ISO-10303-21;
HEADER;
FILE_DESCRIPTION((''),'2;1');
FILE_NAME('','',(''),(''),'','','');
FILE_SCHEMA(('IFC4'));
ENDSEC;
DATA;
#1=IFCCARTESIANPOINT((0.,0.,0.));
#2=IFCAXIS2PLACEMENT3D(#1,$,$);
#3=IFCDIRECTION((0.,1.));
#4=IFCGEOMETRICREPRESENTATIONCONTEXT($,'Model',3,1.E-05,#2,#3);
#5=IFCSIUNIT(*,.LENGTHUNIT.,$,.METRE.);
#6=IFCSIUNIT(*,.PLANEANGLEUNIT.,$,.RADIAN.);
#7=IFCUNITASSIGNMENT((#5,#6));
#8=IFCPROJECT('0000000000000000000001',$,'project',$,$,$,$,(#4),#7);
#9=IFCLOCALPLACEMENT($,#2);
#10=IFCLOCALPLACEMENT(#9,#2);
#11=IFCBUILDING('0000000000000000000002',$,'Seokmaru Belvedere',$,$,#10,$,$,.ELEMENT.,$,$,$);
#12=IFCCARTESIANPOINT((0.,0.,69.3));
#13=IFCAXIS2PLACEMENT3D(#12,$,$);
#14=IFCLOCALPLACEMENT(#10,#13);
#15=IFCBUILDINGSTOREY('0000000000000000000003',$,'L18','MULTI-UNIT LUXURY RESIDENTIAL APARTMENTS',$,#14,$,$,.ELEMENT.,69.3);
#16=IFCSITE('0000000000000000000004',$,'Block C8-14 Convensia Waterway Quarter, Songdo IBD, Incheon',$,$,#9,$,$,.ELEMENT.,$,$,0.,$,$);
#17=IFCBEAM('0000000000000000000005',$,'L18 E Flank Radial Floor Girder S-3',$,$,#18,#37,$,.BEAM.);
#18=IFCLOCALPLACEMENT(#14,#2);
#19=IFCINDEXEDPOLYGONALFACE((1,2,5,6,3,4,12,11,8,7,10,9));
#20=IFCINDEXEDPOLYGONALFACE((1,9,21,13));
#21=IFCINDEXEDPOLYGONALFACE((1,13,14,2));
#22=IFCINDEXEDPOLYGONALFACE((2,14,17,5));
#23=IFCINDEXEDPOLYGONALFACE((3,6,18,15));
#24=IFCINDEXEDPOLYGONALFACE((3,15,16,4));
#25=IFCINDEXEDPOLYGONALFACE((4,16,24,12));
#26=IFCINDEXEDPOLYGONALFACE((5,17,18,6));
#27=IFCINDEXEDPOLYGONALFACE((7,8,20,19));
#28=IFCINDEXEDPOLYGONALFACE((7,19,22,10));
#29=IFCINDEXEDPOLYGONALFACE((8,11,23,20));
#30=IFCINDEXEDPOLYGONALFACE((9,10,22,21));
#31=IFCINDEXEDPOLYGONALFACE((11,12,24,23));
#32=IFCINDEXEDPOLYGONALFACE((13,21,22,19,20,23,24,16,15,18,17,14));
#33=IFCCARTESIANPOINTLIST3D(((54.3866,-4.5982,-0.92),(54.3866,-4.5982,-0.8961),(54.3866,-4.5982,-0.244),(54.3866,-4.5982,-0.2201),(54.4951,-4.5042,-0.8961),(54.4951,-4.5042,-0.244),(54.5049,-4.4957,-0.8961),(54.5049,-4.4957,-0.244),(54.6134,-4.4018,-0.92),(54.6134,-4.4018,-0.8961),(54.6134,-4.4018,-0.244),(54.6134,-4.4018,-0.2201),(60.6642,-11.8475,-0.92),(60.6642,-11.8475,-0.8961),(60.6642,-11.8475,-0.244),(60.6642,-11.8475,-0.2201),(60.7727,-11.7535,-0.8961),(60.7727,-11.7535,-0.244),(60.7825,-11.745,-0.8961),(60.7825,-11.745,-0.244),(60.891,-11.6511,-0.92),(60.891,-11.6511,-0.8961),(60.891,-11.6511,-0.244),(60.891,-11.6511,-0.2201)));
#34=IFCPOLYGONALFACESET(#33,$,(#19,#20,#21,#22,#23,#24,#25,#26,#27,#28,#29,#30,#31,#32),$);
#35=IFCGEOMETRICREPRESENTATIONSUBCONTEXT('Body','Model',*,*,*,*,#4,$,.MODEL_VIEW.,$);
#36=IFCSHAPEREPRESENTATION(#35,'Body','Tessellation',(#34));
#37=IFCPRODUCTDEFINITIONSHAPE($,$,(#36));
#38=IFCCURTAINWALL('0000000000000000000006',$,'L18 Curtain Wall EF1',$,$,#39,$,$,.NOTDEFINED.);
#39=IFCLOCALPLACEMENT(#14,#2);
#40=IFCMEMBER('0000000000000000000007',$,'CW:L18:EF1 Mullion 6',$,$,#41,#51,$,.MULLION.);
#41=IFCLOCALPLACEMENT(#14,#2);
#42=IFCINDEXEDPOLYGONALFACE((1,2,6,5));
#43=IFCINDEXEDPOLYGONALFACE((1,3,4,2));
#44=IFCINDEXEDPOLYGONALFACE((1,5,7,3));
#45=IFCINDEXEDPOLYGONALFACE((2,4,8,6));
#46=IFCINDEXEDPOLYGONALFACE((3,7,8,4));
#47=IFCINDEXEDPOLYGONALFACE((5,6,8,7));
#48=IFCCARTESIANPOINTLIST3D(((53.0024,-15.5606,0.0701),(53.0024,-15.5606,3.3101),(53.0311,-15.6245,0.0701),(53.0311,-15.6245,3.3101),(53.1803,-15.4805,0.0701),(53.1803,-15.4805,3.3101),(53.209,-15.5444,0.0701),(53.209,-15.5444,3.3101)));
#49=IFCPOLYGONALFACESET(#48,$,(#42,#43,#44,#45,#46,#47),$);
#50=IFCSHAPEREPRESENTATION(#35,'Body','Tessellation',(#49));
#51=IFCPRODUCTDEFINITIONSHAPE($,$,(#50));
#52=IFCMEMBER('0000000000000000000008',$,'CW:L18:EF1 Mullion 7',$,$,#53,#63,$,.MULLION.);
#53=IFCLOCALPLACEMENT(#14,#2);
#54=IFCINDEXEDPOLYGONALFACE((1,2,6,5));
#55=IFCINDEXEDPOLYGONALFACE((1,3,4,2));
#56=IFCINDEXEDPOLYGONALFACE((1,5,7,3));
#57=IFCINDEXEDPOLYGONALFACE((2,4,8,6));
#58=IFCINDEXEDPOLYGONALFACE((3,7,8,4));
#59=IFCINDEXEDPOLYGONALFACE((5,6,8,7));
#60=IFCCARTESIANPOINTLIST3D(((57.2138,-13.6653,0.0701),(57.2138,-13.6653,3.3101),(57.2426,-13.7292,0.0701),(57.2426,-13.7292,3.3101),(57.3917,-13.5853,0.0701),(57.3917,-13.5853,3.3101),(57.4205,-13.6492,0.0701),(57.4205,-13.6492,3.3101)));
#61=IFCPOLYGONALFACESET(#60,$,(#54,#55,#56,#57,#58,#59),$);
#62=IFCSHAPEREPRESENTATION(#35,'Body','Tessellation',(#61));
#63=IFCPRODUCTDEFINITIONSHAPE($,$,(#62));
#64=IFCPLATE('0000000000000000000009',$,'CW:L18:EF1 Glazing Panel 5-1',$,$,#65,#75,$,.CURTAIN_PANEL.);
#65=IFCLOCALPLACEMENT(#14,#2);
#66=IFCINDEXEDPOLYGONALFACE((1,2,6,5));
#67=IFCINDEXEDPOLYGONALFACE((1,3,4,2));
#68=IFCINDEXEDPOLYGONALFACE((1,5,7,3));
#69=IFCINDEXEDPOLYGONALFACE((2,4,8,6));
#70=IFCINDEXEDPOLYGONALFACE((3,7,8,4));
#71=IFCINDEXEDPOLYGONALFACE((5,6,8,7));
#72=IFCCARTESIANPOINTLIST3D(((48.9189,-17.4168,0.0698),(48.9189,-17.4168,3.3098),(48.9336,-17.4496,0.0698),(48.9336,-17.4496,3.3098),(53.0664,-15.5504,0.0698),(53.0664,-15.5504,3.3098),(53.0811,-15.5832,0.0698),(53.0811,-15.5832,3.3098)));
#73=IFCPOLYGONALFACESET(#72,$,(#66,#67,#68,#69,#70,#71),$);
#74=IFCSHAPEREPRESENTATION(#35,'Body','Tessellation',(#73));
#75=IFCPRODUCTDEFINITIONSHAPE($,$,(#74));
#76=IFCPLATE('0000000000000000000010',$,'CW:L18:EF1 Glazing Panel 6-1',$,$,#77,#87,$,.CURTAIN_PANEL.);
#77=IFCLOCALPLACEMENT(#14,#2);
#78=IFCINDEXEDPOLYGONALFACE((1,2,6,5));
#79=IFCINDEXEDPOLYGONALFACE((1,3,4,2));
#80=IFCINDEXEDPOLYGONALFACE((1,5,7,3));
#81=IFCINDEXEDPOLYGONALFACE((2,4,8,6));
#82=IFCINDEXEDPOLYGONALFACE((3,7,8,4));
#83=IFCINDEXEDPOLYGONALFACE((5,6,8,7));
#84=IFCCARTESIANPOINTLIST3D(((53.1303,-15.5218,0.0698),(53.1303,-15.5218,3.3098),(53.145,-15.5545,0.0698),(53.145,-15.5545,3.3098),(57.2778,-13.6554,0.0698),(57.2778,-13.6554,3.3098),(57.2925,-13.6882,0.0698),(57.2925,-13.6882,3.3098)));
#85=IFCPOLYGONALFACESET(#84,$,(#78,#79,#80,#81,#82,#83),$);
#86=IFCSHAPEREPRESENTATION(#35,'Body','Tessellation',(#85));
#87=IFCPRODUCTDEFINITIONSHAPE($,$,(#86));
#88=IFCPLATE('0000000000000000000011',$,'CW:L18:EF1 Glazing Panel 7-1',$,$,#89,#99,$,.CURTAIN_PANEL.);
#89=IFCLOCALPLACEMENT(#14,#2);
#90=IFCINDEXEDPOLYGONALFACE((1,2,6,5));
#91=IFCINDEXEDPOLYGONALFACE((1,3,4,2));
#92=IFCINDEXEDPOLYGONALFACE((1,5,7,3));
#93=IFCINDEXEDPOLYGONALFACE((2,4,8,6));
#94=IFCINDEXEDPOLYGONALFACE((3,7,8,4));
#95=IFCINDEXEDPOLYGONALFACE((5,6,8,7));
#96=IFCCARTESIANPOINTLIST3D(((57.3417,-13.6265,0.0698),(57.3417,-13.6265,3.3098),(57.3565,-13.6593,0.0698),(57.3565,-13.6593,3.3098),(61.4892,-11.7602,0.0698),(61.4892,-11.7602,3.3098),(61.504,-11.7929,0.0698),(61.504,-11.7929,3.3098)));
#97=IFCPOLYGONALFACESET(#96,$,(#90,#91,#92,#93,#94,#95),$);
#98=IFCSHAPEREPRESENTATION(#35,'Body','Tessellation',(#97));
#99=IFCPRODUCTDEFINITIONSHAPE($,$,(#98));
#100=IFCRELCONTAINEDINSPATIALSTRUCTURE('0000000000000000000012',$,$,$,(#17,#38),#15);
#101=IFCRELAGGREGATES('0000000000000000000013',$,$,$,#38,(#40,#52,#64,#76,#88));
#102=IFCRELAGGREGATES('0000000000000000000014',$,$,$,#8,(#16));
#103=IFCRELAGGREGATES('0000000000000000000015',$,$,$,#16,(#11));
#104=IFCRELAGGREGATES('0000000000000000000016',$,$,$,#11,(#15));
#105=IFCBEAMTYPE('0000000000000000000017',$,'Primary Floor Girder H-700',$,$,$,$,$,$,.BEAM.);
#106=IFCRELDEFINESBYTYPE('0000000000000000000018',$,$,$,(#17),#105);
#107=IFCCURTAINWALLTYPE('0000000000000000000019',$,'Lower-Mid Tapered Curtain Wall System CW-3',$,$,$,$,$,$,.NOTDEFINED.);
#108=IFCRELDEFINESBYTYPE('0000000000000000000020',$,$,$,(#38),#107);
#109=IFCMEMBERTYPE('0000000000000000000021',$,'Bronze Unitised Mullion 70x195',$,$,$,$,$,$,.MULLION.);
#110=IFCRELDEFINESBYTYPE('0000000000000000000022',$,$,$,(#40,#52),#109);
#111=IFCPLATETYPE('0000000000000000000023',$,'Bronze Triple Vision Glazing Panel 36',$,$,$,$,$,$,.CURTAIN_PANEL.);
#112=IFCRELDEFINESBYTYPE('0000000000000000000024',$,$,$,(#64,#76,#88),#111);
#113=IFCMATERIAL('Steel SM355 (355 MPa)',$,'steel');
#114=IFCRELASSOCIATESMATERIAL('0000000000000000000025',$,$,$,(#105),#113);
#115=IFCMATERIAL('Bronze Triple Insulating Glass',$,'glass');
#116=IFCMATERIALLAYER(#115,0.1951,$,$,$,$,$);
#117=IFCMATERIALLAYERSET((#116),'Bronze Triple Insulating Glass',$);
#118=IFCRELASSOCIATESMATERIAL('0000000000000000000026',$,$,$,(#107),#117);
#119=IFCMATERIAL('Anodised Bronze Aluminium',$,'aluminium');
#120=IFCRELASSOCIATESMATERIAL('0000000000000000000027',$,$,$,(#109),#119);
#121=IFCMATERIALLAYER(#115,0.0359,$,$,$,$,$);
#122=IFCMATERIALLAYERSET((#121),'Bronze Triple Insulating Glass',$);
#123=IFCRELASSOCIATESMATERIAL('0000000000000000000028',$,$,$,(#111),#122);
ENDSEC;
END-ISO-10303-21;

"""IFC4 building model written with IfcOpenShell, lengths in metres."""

from ifc_helpers import new_model, si_unit, direction, frame, origin, origin_2d, place, context, subcontext, project, spatial, rectangle, i_section, extrude, source, transform, mapped, material, layer, layer_set, material_profile, profile_set, type_object, type_shapes, element, aggregate, save


model = new_model("IFC4")

# Units and contexts
model_context = context("Model", 3, precision=1e-05, world=origin(), true_north=direction((0.0, 1.0)))
body_context = subcontext(model_context, "Body", "Model", "MODEL_VIEW")
ifc_project = project(units=[si_unit("LENGTHUNIT", "METRE"), si_unit("PLANEANGLEUNIT", "RADIAN")], contexts=[model_context])

# Site, building, storey
site_placement = place(None, origin())
site = spatial("IfcSite", under=ifc_project, at=site_placement, Name="Block C8-14 Convensia Waterway Quarter, Songdo IBD, Incheon", CompositionType="ELEMENT", RefElevation=0.0)
building_placement = place(site_placement, origin())
building = spatial("IfcBuilding", under=site, at=building_placement, Name="Seokmaru Belvedere", CompositionType="ELEMENT")
storey_placement = place(building_placement, frame((0.0, 0.0, 69.3)))
storey = spatial("IfcBuildingStorey", under=building, at=storey_placement, Name="L18", Description="MULTI-UNIT LUXURY RESIDENTIAL APARTMENTS", CompositionType="ELEMENT", Elevation=69.3)

# Shared definitions
ifc_material_1 = material(Name="Steel SM355 (355 MPa)", Category="steel")

# Beam
ifc_material_profile_1 = material_profile(ifc_material_1, i_section(OverallWidth=0.3, OverallDepth=0.7, WebThickness=0.0129, FlangeThickness=0.0239, at=origin_2d()), Name="H-700x300x13x24")
ifc_profile_set_1 = profile_set([ifc_material_profile_1], Name="Steel SM355 (355 MPa)")
beam_type_1 = type_object("IfcBeamType", Name="Primary Floor Girder H-700", PredefinedType="BEAM", material=ifc_profile_set_1)
shared_shape_1 = source(origin(), body_context, "Body", "SweptSolid", [
    extrude(i_section(OverallWidth=0.3, OverallDepth=0.7, WebThickness=0.0129, FlangeThickness=0.0239, at=origin_2d()), origin(), (0.0, 0.0, 1.0), 9.5896),
])
beam_1_placement = place(storey_placement, frame((60.7776, -11.7493, -0.5701), z_axis=(-0.654626, 0.755953, 0.0), x_axis=(-0.755953, -0.654626, 0.0)))
element("IfcBeam", 1, at=beam_1_placement, inside=storey, type_object=beam_type_1, Name="L18 E Flank Radial Floor Girder S-3", PredefinedType="BEAM", context=body_context, shape_type="MappedRepresentation", body=[
    mapped(shared_shape_1, transform((0.0, 0.0, 0.0), scale=1.0)),
])

# Curtain wall, members, plates
ifc_material_2 = material(Name="Bronze Triple Insulating Glass", Category="glass")
ifc_layer_1 = layer(ifc_material_2, 0.1951)
ifc_layer_set_1 = layer_set([ifc_layer_1], Name="Bronze Triple Insulating Glass")
curtain_wall_type = type_object("IfcCurtainWallType", Name="Lower-Mid Tapered Curtain Wall System CW-3", PredefinedType="NOTDEFINED", material=ifc_layer_set_1)
curtain_wall_placement = place(storey_placement, origin())
curtain_wall = element("IfcCurtainWall", 2, at=curtain_wall_placement, inside=storey, type_object=curtain_wall_type, Name="L18 Curtain Wall EF1", PredefinedType="NOTDEFINED")
ifc_material_3 = material(Name="Anodised Bronze Aluminium", Category="aluminium")
ifc_material_profile_2 = material_profile(ifc_material_3, rectangle(XDim=0.0701, YDim=0.1951, at=origin_2d()), Name="CW-M-70x195")
ifc_profile_set_2 = profile_set([ifc_material_profile_2], Name="Anodised Bronze Aluminium")
member_type = type_object("IfcMemberType", Name="Bronze Unitised Mullion 70x195", PredefinedType="MULLION", material=ifc_profile_set_2)
shared_shape_2 = source(origin(), body_context, "Body", "SweptSolid", [
    extrude(rectangle(XDim=0.0701, YDim=0.1951, at=origin_2d()), origin(), (0.0, 0.0, 1.0), 3.24),
])
type_shapes(member_type, [shared_shape_2])
member_1_placement = place(storey_placement, frame((53.1057, -15.5525, 0.0701), z_axis=(0.0, 0.0, 1.0), x_axis=(-0.410366, 0.911921, 0.0)))
member_1 = element("IfcMember", 3, at=member_1_placement, type_object=member_type, Name="CW:L18:EF1 Mullion 6", PredefinedType="MULLION", context=body_context, shape_type="MappedRepresentation", body=[
    mapped(shared_shape_2, transform((0.0, 0.0, 0.0), scale=1.0)),
])
member_2_placement = place(storey_placement, frame((57.3171, -13.6572, 0.0701), z_axis=(0.0, 0.0, 1.0), x_axis=(-0.410366, 0.911921, 0.0)))
member_2 = element("IfcMember", 4, at=member_2_placement, type_object=member_type, Name="CW:L18:EF1 Mullion 7", PredefinedType="MULLION", context=body_context, shape_type="MappedRepresentation", body=[
    mapped(shared_shape_2, transform((0.0, 0.0, 0.0), scale=1.0)),
])
ifc_layer_2 = layer(ifc_material_2, 0.0359)
ifc_layer_set_2 = layer_set([ifc_layer_2], Name="Bronze Triple Insulating Glass")
plate_type = type_object("IfcPlateType", Name="Bronze Triple Vision Glazing Panel 36", PredefinedType="CURTAIN_PANEL", material=ifc_layer_set_2)
shared_shape_3 = source(origin(), body_context, "Body", "SweptSolid", [
    extrude(rectangle(XDim=4.5481, YDim=0.0359, at=origin_2d()), origin(), (0.0, 0.0, 1.0), 3.24),
])
type_shapes(plate_type, [shared_shape_3])
plate_1_placement = place(storey_placement, frame((51.0, -16.5, 0.0698), z_axis=(0.0, 0.0, 1.0), x_axis=(0.911921, 0.410366, 0.0)))
plate_1 = element("IfcPlate", 5, at=plate_1_placement, type_object=plate_type, Name="CW:L18:EF1 Glazing Panel 5-1", PredefinedType="CURTAIN_PANEL", context=body_context, shape_type="MappedRepresentation", body=[
    mapped(shared_shape_3, transform((0.0, 0.0, 0.0), scale=1.0)),
])
plate_2_placement = place(storey_placement, frame((55.2114, -14.605, 0.0698), z_axis=(0.0, 0.0, 1.0), x_axis=(0.911921, 0.410366, 0.0)))
plate_2 = element("IfcPlate", 6, at=plate_2_placement, type_object=plate_type, Name="CW:L18:EF1 Glazing Panel 6-1", PredefinedType="CURTAIN_PANEL", context=body_context, shape_type="MappedRepresentation", body=[
    mapped(shared_shape_3, transform((0.0, 0.0, 0.0), scale=1.0)),
])
plate_3_placement = place(storey_placement, frame((59.4229, -12.7097, 0.0698), z_axis=(0.0, 0.0, 1.0), x_axis=(0.911921, 0.410366, 0.0)))
plate_3 = element("IfcPlate", 7, at=plate_3_placement, type_object=plate_type, Name="CW:L18:EF1 Glazing Panel 7-1", PredefinedType="CURTAIN_PANEL", context=body_context, shape_type="MappedRepresentation", body=[
    mapped(shared_shape_3, transform((0.0, 0.0, 0.0), scale=1.0)),
])
aggregate(curtain_wall, [member_1, member_2, plate_1, plate_2, plate_3])

save(model, "model.ifc")
